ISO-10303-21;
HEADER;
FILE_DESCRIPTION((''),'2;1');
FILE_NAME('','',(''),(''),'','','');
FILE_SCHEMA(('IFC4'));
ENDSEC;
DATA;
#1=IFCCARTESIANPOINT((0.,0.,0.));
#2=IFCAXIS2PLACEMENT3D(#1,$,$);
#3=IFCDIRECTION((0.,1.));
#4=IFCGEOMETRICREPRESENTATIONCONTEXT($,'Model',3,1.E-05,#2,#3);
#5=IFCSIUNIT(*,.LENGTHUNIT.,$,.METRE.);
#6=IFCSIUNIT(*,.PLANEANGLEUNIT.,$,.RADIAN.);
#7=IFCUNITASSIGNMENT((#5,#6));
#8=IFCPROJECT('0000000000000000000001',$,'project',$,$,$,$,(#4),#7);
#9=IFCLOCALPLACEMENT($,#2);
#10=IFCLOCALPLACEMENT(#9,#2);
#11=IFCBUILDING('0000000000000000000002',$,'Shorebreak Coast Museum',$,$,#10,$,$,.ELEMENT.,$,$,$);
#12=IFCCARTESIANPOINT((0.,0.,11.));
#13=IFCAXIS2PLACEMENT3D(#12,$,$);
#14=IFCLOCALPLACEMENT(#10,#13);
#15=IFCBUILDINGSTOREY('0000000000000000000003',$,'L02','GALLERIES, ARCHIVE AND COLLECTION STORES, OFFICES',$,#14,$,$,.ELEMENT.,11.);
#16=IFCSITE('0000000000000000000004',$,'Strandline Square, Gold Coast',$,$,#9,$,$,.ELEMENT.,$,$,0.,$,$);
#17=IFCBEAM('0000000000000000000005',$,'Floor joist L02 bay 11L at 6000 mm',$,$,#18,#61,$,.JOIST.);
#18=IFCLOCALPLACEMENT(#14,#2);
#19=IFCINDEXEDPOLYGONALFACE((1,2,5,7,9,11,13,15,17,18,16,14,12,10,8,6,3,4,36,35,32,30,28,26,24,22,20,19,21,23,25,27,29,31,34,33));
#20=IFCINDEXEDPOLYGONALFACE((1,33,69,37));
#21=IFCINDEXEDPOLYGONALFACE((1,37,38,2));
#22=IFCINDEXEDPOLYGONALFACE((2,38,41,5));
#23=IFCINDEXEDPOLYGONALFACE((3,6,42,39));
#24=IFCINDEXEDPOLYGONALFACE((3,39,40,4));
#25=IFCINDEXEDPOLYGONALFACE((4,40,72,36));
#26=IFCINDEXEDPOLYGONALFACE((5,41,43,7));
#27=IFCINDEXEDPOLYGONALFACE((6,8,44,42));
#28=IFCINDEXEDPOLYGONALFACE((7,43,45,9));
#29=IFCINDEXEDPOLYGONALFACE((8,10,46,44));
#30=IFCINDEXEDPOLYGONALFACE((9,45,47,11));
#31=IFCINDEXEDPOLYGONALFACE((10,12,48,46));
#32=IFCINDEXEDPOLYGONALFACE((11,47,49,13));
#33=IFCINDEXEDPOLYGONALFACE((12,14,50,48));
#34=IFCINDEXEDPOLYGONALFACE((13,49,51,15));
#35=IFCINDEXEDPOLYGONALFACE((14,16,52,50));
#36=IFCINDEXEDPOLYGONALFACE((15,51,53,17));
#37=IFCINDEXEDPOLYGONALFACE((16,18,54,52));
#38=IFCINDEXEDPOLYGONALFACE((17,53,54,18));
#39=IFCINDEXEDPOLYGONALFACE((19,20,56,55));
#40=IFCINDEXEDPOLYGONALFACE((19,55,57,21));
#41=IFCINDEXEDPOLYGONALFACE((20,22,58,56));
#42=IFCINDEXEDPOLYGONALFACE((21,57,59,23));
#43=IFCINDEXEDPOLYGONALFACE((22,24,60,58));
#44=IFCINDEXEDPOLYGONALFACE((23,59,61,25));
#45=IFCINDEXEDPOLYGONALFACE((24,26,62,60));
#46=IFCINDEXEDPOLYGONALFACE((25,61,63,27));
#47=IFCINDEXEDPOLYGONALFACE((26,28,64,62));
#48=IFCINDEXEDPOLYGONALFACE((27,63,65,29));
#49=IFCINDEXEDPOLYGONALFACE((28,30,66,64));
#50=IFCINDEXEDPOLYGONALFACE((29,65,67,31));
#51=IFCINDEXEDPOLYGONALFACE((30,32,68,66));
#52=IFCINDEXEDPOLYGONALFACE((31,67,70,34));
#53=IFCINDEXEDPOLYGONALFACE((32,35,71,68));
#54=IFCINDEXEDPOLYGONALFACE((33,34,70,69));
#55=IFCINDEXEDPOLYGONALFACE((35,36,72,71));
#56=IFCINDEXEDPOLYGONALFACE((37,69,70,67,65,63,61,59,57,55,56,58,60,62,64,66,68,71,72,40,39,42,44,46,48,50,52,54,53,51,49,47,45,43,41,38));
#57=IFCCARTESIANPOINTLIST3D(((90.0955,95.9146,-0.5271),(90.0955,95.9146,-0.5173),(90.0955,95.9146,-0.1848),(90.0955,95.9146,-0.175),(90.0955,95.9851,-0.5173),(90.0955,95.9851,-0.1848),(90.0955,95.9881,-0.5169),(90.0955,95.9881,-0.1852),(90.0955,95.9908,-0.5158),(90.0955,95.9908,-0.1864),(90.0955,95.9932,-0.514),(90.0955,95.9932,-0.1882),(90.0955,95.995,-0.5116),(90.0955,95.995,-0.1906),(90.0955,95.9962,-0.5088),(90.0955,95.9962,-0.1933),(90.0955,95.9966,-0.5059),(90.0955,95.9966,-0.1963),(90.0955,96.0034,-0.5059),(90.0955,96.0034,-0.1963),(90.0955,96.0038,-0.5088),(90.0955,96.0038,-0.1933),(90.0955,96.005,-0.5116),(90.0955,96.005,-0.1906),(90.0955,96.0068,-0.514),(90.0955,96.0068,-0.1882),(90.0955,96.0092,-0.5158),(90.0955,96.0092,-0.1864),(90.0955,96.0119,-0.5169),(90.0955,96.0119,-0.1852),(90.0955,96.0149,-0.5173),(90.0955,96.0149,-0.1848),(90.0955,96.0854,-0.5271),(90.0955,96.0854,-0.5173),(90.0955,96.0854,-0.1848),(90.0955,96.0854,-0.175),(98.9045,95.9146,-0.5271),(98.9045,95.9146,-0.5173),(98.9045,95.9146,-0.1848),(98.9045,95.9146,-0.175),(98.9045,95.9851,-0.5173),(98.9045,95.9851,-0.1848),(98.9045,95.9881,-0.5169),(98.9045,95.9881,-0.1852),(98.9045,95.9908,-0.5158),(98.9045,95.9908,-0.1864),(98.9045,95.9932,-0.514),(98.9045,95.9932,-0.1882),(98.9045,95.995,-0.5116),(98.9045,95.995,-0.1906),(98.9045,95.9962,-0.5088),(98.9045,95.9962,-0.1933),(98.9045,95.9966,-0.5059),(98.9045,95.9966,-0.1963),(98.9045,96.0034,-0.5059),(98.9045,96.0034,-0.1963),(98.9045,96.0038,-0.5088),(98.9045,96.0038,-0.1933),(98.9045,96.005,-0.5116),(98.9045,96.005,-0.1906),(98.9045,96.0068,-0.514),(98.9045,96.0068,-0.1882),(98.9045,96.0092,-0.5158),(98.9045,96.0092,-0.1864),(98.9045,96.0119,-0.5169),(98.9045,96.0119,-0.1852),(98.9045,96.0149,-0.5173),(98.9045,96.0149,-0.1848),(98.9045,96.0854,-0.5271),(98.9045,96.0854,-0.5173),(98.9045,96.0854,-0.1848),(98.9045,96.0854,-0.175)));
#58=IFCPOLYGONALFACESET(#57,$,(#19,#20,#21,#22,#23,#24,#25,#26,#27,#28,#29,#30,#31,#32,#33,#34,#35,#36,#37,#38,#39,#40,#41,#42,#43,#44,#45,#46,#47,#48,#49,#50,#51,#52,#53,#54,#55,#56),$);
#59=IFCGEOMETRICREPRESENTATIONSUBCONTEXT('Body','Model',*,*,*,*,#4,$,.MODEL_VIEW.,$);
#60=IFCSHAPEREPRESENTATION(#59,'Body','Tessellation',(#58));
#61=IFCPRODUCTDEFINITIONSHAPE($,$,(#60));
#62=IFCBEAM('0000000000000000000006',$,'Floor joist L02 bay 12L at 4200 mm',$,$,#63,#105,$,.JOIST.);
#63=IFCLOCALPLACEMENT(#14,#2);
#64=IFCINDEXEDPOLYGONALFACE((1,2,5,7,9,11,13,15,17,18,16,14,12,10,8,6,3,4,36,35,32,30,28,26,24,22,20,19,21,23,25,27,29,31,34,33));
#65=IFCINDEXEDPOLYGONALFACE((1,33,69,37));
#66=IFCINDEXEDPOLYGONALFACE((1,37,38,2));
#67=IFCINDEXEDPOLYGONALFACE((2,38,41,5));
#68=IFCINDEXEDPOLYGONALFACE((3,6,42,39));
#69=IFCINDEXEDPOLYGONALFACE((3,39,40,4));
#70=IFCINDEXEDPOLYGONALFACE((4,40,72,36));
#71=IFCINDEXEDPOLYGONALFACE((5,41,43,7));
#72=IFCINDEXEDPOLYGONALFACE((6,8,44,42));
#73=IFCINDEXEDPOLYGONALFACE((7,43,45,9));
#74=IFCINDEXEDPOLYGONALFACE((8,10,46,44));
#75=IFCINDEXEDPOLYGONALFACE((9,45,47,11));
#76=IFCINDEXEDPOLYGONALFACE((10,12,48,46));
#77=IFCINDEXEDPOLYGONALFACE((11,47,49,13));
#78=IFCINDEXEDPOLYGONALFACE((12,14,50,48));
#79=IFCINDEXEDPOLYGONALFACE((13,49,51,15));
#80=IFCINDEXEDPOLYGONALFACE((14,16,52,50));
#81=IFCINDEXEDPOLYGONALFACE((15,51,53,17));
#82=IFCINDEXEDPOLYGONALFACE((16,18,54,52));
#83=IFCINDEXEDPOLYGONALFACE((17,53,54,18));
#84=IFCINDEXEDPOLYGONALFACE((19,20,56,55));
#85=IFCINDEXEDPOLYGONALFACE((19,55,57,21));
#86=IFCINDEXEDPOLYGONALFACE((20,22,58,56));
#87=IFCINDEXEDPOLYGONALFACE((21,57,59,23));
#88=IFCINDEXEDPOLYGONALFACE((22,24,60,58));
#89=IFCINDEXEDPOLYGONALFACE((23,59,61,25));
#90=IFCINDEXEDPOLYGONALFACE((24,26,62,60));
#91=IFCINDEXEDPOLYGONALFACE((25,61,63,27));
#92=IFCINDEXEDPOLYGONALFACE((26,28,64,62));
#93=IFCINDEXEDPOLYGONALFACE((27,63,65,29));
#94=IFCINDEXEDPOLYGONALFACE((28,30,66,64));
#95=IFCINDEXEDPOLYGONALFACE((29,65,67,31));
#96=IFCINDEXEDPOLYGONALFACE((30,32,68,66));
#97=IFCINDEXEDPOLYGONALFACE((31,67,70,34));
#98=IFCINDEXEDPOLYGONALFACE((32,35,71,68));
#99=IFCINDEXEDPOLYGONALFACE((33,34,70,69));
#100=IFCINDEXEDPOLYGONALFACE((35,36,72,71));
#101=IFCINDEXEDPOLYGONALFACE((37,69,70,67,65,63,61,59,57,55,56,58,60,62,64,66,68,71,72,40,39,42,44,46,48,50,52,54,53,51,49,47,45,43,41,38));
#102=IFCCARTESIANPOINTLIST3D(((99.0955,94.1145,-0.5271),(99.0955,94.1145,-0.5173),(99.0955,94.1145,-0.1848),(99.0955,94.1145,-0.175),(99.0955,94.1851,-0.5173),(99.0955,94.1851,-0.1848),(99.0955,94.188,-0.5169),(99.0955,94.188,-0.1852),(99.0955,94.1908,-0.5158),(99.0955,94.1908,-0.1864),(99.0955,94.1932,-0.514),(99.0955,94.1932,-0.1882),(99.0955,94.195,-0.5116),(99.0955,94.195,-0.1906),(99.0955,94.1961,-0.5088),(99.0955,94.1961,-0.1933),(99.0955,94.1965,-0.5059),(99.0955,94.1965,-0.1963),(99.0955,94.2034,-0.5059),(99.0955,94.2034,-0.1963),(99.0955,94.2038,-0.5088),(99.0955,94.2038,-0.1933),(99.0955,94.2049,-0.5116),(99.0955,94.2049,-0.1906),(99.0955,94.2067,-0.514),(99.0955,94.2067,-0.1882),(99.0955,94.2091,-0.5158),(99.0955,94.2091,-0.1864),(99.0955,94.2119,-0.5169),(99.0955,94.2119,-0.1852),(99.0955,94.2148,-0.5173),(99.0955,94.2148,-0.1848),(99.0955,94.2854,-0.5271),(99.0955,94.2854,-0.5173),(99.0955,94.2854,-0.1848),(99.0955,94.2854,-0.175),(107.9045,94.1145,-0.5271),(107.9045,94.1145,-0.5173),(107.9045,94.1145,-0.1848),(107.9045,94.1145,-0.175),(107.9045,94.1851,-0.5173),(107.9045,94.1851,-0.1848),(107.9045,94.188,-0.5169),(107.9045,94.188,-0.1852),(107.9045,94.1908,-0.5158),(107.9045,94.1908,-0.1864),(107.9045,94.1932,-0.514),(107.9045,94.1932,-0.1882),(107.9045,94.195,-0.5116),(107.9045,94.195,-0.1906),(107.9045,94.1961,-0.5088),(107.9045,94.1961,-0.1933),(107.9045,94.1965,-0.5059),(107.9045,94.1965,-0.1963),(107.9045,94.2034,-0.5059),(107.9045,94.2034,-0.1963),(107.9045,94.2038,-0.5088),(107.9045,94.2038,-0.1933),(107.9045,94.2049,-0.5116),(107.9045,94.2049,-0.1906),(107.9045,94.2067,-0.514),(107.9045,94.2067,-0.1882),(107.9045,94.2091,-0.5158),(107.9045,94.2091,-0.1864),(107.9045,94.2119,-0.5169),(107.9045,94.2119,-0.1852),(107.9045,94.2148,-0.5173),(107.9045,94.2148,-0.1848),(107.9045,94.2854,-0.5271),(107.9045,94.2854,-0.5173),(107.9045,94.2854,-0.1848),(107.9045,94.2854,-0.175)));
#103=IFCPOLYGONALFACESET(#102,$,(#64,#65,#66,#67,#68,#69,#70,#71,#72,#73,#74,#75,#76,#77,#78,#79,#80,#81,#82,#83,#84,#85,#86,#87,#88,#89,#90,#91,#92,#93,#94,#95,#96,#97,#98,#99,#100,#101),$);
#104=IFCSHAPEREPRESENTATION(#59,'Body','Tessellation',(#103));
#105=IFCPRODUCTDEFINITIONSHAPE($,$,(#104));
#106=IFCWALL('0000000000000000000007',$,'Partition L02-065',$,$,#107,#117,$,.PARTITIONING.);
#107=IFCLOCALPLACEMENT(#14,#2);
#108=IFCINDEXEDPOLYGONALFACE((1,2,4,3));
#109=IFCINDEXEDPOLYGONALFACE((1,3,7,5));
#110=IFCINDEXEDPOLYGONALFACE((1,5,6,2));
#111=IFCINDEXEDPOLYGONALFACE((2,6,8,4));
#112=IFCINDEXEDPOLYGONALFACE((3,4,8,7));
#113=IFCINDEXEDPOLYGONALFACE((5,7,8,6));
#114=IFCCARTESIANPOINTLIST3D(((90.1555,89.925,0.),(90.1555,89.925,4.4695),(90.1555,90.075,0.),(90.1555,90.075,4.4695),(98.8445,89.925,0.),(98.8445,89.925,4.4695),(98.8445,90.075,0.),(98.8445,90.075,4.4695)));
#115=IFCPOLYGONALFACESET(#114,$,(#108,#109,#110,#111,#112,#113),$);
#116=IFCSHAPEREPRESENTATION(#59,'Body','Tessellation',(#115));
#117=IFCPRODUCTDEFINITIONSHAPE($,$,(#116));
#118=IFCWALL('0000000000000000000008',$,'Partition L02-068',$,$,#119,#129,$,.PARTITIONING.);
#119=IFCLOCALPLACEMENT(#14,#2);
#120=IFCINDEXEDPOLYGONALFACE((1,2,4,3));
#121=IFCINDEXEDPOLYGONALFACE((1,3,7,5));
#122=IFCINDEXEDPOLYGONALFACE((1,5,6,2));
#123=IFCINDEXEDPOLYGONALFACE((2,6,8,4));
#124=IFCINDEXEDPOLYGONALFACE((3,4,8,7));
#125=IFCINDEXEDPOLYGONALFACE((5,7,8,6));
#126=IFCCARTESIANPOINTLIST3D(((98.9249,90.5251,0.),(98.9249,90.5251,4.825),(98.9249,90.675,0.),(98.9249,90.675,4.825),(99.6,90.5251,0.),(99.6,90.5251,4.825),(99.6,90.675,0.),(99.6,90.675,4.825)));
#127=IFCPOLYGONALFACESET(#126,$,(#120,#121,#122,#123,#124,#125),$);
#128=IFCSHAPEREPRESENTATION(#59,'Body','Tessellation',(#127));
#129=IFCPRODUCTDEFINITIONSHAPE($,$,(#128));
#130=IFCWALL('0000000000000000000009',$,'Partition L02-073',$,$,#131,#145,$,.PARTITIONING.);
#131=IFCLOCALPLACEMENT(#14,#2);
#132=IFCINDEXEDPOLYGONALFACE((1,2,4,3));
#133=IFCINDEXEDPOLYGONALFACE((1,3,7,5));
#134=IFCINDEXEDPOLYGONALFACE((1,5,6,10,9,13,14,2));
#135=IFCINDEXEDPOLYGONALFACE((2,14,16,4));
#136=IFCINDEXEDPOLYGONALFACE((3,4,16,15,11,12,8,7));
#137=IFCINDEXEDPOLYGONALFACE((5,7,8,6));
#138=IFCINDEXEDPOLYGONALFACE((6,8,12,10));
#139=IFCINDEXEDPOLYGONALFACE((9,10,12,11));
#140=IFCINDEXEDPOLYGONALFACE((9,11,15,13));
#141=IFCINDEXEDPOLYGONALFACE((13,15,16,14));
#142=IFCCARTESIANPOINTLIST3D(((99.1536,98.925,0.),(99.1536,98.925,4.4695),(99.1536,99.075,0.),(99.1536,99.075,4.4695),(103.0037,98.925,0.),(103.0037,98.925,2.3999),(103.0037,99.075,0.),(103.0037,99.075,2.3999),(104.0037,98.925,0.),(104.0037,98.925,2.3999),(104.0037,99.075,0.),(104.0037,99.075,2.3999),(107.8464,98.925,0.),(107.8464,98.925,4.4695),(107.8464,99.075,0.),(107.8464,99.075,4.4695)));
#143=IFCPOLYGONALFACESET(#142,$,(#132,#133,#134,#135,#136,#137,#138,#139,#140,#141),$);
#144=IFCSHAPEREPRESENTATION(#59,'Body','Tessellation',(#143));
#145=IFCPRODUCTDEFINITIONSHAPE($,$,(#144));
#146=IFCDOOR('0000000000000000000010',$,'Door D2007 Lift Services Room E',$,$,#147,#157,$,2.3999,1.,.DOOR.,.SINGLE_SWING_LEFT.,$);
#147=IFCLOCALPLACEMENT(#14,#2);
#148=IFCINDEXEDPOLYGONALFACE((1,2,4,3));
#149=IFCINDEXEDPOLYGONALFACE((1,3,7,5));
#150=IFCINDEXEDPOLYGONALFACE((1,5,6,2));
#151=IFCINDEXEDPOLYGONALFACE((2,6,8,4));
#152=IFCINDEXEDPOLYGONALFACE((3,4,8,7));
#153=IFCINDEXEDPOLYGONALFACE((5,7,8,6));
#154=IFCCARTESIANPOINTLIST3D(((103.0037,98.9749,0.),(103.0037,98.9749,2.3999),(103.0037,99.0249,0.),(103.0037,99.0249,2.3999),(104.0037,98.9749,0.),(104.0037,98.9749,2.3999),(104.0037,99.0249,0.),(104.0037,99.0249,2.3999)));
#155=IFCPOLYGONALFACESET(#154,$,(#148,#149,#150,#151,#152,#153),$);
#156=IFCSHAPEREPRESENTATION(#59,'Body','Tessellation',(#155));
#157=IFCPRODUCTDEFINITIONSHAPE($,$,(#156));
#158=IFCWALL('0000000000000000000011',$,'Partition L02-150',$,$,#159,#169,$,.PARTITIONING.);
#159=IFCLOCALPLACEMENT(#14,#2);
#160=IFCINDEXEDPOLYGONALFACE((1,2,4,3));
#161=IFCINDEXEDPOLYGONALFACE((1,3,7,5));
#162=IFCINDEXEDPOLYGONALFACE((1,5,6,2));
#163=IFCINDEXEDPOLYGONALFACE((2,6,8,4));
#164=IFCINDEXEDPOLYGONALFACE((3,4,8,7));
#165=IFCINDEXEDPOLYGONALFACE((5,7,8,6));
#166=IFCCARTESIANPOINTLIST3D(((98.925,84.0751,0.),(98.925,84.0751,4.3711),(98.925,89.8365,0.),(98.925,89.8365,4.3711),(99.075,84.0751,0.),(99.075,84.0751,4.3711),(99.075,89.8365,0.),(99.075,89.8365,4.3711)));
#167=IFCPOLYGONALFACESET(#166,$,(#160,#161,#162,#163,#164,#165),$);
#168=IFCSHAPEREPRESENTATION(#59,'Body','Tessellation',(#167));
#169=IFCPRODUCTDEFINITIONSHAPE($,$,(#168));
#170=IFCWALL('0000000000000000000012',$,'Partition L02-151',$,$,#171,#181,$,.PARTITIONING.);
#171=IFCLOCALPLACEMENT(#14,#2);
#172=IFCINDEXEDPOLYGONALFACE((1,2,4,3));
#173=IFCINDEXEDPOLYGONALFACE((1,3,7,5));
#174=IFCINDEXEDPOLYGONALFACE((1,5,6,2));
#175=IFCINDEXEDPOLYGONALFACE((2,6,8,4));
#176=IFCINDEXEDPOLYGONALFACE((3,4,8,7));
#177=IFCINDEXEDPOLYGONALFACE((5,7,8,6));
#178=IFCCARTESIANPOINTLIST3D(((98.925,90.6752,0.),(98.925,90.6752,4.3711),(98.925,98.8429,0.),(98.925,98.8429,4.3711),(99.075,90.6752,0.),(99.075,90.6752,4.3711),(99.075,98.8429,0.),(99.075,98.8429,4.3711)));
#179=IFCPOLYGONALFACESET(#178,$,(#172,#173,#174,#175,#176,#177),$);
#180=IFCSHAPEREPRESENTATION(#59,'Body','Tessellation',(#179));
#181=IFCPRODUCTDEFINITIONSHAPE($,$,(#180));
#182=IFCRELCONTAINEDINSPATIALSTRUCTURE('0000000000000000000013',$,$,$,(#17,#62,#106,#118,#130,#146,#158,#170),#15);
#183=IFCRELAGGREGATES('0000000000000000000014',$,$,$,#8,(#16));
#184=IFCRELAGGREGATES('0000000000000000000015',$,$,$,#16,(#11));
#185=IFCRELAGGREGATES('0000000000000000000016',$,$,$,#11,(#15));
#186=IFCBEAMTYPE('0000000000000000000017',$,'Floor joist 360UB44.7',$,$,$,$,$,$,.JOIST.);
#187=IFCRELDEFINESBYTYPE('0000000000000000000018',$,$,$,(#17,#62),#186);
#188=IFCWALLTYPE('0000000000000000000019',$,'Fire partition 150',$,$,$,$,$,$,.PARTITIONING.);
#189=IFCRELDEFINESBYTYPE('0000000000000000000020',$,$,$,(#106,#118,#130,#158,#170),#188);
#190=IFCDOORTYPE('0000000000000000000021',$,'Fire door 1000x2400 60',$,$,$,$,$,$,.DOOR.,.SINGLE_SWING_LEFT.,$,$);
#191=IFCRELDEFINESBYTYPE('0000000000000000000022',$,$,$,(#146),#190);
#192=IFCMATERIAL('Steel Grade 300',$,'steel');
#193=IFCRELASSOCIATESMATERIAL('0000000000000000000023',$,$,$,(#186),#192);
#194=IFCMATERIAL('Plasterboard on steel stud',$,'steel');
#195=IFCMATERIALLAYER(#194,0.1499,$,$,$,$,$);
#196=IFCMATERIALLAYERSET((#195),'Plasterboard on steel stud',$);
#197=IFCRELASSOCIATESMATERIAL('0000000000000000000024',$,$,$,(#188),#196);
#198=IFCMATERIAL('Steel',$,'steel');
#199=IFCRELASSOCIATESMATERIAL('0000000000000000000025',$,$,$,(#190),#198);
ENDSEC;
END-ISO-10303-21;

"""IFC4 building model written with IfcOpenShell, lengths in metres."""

from ifc_helpers import new_model, si_unit, direction, frame, frame_2d, origin, origin_2d, place, context, subcontext, project, spatial, rectangle, i_section, extrude, material, layer, layer_set, material_profile, profile_set, type_object, element, fill, save


model = new_model("IFC4")

# Units and contexts
model_context = context("Model", 3, precision=1e-05, world=origin(), true_north=direction((0.0, 1.0)))
body_context = subcontext(model_context, "Body", "Model", "MODEL_VIEW")
ifc_project = project(units=[si_unit("LENGTHUNIT", "METRE"), si_unit("PLANEANGLEUNIT", "RADIAN")], contexts=[model_context])

# Site, building, storey
site_placement = place(None, origin())
site = spatial("IfcSite", under=ifc_project, at=site_placement, Name="Strandline Square, Gold Coast", CompositionType="ELEMENT", RefElevation=0.0)
building_placement = place(site_placement, origin())
building = spatial("IfcBuilding", under=site, at=building_placement, Name="Shorebreak Coast Museum", CompositionType="ELEMENT")
storey_placement = place(building_placement, frame((0.0, 0.0, 11.0)))
storey = spatial("IfcBuildingStorey", under=building, at=storey_placement, Name="L02", Description="GALLERIES, ARCHIVE AND COLLECTION STORES, OFFICES", CompositionType="ELEMENT", Elevation=11.0)

# Beams
ifc_material_1 = material(Name="Steel Grade 300", Category="steel")
ifc_material_profile_1 = material_profile(ifc_material_1, i_section(OverallWidth=0.1709, OverallDepth=0.3521, WebThickness=0.0068, FlangeThickness=0.0098, FilletRadius=0.0115, at=origin_2d()), Name="360UB44.7")
ifc_profile_set_1 = profile_set([ifc_material_profile_1], Name="Steel Grade 300")
beam_type_1 = type_object("IfcBeamType", Name="Floor joist 360UB44.7", PredefinedType="JOIST", material=ifc_profile_set_1)
for number, where, z_axis, x_axis, name in (
    (1, (90.0955, 96.0, -0.3511), (1.0, 0.0, 0.0), (0.0, 1.0, 0.0), "Floor joist L02 bay 11L at 6000 mm"),
    (2, (99.0955, 94.2, -0.3511), (1.0, 0.0, 0.0), (0.0, 1.0, 0.0), "Floor joist L02 bay 12L at 4200 mm"),
):
    element("IfcBeam", number, at=place(storey_placement, frame(where, z_axis=z_axis, x_axis=x_axis)), inside=storey, type_object=beam_type_1, Name=name, PredefinedType="JOIST", context=body_context, shape_type="SweptSolid", body=[
        extrude(i_section(OverallWidth=0.1709, OverallDepth=0.3521, WebThickness=0.0068, FlangeThickness=0.0098, FilletRadius=0.0115, at=origin_2d()), origin(), (0.0, 0.0, 1.0), 8.8091),
    ])

# Walls
ifc_material_2 = material(Name="Plasterboard on steel stud", Category="steel")
ifc_layer_1 = layer(ifc_material_2, 0.1499)
ifc_layer_set_1 = layer_set([ifc_layer_1], Name="Plasterboard on steel stud")
wall_type_1 = type_object("IfcWallType", Name="Fire partition 150", PredefinedType="PARTITIONING", material=ifc_layer_set_1)
wall_1_placement = place(storey_placement, frame((90.1555, 90.0, 0.0), z_axis=(0.0, 0.0, 1.0), x_axis=(1.0, 0.0, 0.0)))
element("IfcWall", 3, at=wall_1_placement, inside=storey, type_object=wall_type_1, Name="Partition L02-065", PredefinedType="PARTITIONING", context=body_context, shape_type="SweptSolid", body=[
    extrude(rectangle(XDim=8.689, YDim=0.1499, at=frame_2d((4.3445, 0.0))), origin(), (0.0, 0.0, 1.0), 4.4695),
])
wall_2_placement = place(storey_placement, frame((98.925, 90.6001, 0.0), z_axis=(0.0, 0.0, 1.0), x_axis=(1.0, 0.0, 0.0)))
element("IfcWall", 4, at=wall_2_placement, inside=storey, type_object=wall_type_1, Name="Partition L02-068", PredefinedType="PARTITIONING", context=body_context, shape_type="SweptSolid", body=[
    extrude(rectangle(XDim=0.675, YDim=0.1499, at=frame_2d((0.3374, 0.0))), origin(), (0.0, 0.0, 1.0), 4.825),
])

# Wall, opening, door
wall_3_placement = place(storey_placement, frame((99.1536, 99.0, 0.0), z_axis=(0.0, 0.0, 1.0), x_axis=(1.0, 0.0, 0.0)))
wall_3 = element("IfcWall", 5, at=wall_3_placement, inside=storey, type_object=wall_type_1, Name="Partition L02-073", PredefinedType="PARTITIONING", context=body_context, shape_type="SweptSolid", body=[
    extrude(rectangle(XDim=8.6929, YDim=0.1499, at=frame_2d((4.3464, 0.0))), origin(), (0.0, 0.0, 1.0), 4.4695),
])
opening_1_placement = place(wall_3_placement, frame((3.8501, 0.0, 0.0)))
opening_1 = element("IfcOpeningElement", 6, at=opening_1_placement, cuts=wall_3, PredefinedType="OPENING", context=body_context, shape_type="SweptSolid", body=[
    extrude(rectangle(XDim=1.0, YDim=2.3999, at=frame_2d((0.5, 1.2))), frame((0.0, 0.085, 0.0), z_axis=(0.0, -1.0, 0.0), x_axis=(1.0, 0.0, 0.0)), (0.0, 0.0, 1.0), 0.1699),
])
ifc_material_3 = material(Name="Steel", Category="steel")
door_type_1 = type_object("IfcDoorType", Name="Fire door 1000x2400 60", OperationType="SINGLE_SWING_LEFT", PredefinedType="DOOR", material=ifc_material_3)
door_1_placement = place(opening_1_placement, origin())
door_1 = element("IfcDoor", 7, at=door_1_placement, inside=storey, type_object=door_type_1, Name="Door D2007 Lift Services Room E", OperationType="SINGLE_SWING_LEFT", OverallHeight=2.3999, OverallWidth=1.0, PredefinedType="DOOR", context=body_context, shape_type="SweptSolid", body=[
    extrude(rectangle(XDim=1.0, YDim=2.3999, at=frame_2d((0.5, 1.2))), frame((0.0, 0.0249, 0.0), z_axis=(0.0, -1.0, 0.0), x_axis=(1.0, 0.0, 0.0)), (0.0, 0.0, 1.0), 0.05),
])
fill(opening_1, door_1)

# Walls
wall_4_placement = place(storey_placement, frame((99.0, 84.075, 0.0), z_axis=(0.0, 0.0, 1.0), x_axis=(0.0, 1.0, 0.0)))
element("IfcWall", 8, at=wall_4_placement, inside=storey, type_object=wall_type_1, Name="Partition L02-150", PredefinedType="PARTITIONING", context=body_context, shape_type="SweptSolid", body=[
    extrude(rectangle(XDim=5.7615, YDim=0.1499, at=frame_2d((2.8809, 0.0))), origin(), (0.0, 0.0, 1.0), 4.3711),
])
wall_5_placement = place(storey_placement, frame((99.0, 90.675, 0.0), z_axis=(0.0, 0.0, 1.0), x_axis=(0.0, 1.0, 0.0)))
element("IfcWall", 9, at=wall_5_placement, inside=storey, type_object=wall_type_1, Name="Partition L02-151", PredefinedType="PARTITIONING", context=body_context, shape_type="SweptSolid", body=[
    extrude(rectangle(XDim=8.1677, YDim=0.1499, at=frame_2d((4.084, 0.0))), origin(), (0.0, 0.0, 1.0), 4.3711),
])

save(model, "model.ifc")
